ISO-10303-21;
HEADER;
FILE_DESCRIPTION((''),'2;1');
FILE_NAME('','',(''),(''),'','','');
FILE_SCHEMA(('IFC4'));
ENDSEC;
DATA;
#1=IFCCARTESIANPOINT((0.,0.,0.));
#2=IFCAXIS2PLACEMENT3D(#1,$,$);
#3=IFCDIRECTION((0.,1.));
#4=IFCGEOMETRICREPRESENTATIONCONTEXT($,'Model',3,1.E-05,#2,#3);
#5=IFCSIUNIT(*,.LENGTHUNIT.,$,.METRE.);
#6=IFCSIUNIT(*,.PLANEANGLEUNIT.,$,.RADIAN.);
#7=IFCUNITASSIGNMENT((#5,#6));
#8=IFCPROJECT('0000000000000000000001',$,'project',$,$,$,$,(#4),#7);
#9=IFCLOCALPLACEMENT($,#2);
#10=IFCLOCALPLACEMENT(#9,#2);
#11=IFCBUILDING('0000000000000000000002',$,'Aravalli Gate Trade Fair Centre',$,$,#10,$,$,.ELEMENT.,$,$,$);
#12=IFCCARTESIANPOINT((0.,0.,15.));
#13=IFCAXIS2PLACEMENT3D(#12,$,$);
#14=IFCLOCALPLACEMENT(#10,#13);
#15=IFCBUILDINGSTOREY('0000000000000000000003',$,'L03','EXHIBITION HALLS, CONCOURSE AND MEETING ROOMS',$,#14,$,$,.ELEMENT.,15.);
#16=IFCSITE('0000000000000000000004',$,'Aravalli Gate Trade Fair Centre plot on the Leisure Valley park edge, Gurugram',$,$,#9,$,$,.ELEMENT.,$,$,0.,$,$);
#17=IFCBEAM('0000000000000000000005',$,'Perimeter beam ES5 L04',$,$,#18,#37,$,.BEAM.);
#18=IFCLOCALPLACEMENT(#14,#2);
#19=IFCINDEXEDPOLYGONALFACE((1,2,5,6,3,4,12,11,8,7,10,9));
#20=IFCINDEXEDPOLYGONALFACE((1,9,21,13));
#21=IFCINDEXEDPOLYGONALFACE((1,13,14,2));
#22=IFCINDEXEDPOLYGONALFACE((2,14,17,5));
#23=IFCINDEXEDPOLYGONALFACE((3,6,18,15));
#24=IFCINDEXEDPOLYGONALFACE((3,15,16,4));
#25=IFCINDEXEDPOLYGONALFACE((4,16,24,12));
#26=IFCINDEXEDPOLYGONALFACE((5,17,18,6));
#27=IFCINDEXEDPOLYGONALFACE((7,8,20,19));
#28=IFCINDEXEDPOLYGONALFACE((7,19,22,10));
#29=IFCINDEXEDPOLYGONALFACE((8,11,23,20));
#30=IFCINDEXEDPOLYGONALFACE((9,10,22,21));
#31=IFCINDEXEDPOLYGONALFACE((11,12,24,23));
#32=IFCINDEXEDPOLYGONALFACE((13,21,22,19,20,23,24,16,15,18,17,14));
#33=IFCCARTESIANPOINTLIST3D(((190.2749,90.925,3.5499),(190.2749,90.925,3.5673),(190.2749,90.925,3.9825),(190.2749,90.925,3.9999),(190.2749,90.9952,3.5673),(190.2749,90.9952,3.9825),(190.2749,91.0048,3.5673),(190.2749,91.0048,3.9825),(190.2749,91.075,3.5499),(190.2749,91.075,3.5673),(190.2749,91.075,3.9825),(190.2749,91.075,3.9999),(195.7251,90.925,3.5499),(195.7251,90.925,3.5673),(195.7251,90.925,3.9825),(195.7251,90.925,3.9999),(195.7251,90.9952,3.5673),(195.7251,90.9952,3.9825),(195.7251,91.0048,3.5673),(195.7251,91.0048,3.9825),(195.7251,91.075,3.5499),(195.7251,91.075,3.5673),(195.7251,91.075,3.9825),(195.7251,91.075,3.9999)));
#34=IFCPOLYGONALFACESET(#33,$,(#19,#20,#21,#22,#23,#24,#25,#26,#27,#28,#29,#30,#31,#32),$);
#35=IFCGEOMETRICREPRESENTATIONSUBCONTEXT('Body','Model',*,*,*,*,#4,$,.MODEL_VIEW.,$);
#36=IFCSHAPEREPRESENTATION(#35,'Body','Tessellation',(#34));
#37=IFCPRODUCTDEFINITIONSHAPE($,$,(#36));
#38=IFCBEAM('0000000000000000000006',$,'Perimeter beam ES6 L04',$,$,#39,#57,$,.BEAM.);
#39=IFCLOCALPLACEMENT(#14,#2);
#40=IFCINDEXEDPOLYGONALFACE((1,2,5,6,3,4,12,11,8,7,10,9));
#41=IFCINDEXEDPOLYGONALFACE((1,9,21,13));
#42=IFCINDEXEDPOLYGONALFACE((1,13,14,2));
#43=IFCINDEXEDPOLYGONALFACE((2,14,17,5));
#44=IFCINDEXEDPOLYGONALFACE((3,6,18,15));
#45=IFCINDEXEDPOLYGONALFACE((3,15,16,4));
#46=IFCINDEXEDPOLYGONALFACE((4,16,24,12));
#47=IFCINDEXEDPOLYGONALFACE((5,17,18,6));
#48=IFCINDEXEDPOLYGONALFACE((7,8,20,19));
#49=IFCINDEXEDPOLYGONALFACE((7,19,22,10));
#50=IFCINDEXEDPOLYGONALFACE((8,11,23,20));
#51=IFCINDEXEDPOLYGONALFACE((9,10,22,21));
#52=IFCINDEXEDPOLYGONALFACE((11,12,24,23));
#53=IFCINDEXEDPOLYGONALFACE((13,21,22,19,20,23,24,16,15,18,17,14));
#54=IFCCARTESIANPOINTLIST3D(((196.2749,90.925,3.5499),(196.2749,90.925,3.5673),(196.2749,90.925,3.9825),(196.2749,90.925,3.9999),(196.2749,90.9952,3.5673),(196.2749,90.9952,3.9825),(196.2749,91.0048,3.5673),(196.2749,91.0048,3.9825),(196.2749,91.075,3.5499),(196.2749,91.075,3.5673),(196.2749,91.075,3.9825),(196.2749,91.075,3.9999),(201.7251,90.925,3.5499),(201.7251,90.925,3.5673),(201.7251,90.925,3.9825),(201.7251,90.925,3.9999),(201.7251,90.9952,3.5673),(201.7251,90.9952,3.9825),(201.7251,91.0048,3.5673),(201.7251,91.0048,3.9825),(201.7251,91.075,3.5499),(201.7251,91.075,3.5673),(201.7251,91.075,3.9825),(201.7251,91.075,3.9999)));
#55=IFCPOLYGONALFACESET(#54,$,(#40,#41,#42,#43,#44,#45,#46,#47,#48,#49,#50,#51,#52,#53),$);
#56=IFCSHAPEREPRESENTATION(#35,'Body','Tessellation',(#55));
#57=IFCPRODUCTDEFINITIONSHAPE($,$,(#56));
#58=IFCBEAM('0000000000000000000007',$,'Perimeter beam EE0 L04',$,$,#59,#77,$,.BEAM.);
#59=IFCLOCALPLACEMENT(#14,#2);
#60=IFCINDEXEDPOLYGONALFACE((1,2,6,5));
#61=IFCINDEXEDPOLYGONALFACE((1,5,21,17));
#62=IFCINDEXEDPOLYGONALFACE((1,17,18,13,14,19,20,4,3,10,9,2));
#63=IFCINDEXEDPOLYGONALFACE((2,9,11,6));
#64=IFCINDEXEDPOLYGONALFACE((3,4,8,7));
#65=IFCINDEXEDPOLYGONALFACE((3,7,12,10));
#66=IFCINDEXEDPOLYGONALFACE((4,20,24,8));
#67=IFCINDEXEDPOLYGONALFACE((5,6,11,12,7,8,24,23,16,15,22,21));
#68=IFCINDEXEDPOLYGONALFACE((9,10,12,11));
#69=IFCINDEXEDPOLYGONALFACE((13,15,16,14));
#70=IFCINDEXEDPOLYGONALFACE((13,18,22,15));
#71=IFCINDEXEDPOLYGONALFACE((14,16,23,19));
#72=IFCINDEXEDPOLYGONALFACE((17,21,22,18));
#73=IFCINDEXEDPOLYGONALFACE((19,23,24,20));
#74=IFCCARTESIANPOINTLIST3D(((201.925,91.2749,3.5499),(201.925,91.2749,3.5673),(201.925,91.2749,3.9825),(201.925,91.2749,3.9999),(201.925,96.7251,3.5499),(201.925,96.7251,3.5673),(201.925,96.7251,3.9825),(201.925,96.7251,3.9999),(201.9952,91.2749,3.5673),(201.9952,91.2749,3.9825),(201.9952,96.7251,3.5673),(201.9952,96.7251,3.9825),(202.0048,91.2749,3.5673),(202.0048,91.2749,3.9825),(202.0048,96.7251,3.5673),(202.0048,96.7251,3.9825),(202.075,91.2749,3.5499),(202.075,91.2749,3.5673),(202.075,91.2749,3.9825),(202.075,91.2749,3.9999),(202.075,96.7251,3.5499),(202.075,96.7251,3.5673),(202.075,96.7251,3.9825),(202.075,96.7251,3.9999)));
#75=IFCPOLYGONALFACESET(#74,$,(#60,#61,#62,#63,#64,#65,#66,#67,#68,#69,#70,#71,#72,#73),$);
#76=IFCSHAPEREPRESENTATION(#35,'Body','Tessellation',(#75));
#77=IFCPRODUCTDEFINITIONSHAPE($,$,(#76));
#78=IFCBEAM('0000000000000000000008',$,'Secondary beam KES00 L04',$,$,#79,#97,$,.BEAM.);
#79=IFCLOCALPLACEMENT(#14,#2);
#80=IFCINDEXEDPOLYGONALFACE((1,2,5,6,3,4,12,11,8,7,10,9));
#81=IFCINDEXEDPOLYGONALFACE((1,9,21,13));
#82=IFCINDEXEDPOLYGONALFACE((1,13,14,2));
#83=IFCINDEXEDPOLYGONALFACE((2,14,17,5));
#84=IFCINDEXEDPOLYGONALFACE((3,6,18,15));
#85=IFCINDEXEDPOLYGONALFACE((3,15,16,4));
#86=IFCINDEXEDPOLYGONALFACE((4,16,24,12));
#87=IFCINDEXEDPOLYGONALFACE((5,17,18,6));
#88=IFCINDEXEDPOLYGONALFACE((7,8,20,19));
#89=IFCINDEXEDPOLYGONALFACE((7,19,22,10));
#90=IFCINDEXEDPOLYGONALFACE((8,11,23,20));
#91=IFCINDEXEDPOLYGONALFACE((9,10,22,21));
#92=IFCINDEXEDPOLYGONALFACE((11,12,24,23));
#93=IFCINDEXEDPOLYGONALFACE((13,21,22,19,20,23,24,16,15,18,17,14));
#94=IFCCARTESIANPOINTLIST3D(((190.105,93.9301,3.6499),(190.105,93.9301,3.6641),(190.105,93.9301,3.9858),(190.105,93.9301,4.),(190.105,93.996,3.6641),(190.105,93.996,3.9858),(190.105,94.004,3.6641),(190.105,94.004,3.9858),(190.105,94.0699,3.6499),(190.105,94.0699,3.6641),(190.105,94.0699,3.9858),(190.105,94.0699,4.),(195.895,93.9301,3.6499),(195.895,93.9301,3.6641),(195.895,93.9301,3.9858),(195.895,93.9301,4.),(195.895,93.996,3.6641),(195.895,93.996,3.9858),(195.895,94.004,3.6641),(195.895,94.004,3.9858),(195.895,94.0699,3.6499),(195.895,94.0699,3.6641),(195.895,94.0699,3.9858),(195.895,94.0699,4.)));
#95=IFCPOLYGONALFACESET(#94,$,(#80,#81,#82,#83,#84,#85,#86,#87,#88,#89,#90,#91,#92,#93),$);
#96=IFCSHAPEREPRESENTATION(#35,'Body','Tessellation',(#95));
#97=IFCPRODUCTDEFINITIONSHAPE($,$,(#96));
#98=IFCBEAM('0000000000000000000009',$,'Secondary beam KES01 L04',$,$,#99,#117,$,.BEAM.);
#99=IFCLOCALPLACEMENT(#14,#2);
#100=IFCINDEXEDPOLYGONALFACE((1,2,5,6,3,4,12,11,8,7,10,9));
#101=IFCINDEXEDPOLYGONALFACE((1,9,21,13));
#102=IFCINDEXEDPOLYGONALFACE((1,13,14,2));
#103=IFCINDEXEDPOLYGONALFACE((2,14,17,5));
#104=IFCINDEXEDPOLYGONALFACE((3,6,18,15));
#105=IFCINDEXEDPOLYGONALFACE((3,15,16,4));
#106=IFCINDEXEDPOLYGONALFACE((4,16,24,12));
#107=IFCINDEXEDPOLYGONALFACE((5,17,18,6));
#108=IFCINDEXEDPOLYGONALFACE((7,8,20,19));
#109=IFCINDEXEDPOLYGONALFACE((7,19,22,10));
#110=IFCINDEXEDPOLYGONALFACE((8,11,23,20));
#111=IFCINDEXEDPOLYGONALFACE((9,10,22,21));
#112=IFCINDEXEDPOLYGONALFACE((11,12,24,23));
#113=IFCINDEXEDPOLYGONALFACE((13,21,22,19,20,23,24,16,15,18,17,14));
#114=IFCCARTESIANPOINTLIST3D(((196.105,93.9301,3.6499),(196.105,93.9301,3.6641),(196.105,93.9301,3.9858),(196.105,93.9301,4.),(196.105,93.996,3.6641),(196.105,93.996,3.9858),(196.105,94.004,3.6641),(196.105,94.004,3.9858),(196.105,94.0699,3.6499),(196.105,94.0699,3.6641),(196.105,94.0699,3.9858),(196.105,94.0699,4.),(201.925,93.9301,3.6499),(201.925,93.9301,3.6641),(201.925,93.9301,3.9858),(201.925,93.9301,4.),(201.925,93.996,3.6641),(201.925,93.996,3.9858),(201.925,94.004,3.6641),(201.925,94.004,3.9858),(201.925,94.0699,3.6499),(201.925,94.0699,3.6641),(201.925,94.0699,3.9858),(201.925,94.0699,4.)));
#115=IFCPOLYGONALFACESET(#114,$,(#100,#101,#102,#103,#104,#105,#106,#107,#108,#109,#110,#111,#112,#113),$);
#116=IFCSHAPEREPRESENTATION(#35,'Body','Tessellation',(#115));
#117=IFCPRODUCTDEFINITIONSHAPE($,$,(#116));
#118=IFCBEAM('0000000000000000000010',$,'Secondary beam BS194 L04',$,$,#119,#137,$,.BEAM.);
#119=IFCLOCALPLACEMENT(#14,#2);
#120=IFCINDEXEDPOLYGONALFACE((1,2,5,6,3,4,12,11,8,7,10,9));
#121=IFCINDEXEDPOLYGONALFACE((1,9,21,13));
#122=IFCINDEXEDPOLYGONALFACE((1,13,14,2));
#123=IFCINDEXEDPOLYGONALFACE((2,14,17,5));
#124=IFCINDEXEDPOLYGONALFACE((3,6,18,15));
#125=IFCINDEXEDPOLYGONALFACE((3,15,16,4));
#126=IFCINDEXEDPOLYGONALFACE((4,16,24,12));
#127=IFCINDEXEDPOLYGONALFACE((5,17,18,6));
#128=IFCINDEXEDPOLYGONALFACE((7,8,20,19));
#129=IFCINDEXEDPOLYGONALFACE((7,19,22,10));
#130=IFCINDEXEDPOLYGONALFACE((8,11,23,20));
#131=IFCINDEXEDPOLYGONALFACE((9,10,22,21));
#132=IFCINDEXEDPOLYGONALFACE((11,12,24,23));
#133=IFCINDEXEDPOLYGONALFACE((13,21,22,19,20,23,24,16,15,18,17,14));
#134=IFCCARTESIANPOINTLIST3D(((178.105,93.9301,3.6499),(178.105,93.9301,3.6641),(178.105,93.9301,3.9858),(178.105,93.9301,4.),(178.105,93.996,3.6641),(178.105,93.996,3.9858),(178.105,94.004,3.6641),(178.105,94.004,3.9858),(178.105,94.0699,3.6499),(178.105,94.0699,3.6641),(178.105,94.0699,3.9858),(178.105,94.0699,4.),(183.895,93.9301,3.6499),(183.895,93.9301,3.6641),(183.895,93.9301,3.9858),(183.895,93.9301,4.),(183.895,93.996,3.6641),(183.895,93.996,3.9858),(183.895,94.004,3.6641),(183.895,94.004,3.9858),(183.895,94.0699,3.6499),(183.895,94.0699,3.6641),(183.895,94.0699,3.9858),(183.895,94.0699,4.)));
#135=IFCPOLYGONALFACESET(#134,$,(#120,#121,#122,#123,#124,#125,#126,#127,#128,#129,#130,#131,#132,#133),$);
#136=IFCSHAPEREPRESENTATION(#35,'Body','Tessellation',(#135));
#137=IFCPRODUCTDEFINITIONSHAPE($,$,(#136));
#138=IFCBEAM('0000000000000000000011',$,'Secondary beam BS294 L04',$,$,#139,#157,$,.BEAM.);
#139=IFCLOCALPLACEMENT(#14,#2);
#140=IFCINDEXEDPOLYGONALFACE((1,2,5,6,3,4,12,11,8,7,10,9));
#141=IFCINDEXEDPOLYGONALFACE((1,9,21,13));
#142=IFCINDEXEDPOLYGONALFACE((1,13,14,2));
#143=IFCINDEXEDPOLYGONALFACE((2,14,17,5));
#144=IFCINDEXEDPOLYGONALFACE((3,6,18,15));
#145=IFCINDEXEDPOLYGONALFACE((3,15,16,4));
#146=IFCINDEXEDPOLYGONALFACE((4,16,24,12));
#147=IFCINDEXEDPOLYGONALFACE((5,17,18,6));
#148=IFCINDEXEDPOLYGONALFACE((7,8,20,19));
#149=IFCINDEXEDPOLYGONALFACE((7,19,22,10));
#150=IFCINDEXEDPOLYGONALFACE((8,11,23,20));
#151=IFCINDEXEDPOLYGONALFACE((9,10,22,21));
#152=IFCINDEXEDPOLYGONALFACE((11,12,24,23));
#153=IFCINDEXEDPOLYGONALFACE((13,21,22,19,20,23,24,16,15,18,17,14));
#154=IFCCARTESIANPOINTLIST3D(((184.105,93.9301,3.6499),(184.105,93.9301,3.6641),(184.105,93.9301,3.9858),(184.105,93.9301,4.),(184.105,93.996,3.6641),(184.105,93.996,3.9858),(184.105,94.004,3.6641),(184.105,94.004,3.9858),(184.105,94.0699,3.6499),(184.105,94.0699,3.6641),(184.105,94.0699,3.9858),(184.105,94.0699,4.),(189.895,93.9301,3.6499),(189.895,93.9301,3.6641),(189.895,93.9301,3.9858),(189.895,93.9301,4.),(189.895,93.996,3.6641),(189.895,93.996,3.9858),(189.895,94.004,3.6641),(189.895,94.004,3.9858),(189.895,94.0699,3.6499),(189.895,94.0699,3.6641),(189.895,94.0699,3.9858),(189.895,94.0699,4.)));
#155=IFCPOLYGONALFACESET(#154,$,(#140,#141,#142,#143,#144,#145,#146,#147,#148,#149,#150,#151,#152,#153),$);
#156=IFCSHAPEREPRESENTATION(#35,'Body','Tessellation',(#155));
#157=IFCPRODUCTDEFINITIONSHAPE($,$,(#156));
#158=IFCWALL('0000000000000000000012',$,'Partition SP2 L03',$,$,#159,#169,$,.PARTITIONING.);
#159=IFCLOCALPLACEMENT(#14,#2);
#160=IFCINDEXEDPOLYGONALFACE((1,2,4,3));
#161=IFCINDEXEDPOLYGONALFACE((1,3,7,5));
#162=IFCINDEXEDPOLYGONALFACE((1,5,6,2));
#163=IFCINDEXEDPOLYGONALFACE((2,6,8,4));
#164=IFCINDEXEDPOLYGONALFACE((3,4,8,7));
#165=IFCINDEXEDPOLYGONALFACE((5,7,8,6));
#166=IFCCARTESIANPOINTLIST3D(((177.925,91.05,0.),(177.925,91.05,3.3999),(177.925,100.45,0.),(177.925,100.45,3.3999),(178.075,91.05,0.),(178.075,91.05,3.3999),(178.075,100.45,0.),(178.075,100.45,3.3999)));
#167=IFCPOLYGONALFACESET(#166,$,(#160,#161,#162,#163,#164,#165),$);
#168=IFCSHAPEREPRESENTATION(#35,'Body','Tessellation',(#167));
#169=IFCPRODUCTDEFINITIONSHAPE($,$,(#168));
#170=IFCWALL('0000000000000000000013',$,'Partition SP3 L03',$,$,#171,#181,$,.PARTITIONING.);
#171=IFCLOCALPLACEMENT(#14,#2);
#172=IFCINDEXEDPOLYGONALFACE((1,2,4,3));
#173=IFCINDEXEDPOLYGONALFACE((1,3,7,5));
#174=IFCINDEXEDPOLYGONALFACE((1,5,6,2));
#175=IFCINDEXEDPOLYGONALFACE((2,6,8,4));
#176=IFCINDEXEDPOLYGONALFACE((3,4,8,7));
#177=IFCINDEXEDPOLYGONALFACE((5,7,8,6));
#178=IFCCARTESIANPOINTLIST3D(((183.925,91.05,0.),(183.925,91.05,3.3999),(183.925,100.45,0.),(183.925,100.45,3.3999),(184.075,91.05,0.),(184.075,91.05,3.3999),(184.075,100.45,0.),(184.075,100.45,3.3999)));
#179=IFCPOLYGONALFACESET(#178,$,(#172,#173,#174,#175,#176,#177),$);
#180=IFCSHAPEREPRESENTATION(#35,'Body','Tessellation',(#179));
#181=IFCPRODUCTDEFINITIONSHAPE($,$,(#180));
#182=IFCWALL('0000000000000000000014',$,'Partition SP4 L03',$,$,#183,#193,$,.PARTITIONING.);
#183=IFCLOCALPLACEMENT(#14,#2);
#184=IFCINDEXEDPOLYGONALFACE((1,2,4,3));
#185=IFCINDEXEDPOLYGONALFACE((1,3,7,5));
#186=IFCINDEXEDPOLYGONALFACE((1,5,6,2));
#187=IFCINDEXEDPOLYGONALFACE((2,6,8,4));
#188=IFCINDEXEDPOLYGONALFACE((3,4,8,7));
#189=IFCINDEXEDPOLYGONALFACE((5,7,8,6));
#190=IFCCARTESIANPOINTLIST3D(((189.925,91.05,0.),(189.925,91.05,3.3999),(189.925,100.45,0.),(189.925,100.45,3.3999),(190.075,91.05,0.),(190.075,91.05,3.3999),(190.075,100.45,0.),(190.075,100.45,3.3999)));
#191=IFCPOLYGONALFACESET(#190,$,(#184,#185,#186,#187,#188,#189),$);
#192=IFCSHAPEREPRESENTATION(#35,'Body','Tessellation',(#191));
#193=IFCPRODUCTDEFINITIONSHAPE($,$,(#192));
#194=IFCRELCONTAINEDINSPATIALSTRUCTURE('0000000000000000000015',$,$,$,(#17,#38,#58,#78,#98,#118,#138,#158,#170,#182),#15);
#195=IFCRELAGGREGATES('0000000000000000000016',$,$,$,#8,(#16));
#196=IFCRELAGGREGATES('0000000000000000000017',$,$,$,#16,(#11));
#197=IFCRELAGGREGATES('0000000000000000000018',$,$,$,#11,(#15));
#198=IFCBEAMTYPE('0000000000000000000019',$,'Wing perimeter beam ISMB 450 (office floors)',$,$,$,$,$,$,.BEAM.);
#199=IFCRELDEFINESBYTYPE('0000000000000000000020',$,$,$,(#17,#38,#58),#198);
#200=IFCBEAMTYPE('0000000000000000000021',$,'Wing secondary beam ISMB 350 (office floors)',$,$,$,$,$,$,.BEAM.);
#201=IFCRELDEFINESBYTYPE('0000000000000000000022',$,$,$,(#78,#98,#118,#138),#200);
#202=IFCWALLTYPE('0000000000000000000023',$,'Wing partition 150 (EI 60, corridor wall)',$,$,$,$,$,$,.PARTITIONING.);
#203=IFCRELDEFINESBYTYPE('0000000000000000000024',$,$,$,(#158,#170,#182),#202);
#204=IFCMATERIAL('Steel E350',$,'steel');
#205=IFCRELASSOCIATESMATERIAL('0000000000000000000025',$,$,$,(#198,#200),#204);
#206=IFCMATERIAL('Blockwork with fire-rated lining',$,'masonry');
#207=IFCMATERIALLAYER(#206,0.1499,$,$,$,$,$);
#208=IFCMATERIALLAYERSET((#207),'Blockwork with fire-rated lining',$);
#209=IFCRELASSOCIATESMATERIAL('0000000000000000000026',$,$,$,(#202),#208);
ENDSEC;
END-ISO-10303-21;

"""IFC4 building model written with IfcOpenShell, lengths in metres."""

from ifc_helpers import new_model, si_unit, direction, frame, frame_2d, origin, origin_2d, place, context, subcontext, project, spatial, rectangle, i_section, extrude, material, layer, layer_set, material_profile, profile_set, type_object, element, save


model = new_model("IFC4")

# Units and contexts
model_context = context("Model", 3, precision=1e-05, world=origin(), true_north=direction((0.0, 1.0)))
body_context = subcontext(model_context, "Body", "Model", "MODEL_VIEW")
ifc_project = project(units=[si_unit("LENGTHUNIT", "METRE"), si_unit("PLANEANGLEUNIT", "RADIAN")], contexts=[model_context])

# Site, building, storey
site_placement = place(None, origin())
site = spatial("IfcSite", under=ifc_project, at=site_placement, Name="Aravalli Gate Trade Fair Centre plot on the Leisure Valley park edge, Gurugram", CompositionType="ELEMENT", RefElevation=0.0)
building_placement = place(site_placement, origin())
building = spatial("IfcBuilding", under=site, at=building_placement, Name="Aravalli Gate Trade Fair Centre", CompositionType="ELEMENT")
storey_placement = place(building_placement, frame((0.0, 0.0, 15.0)))
storey = spatial("IfcBuildingStorey", under=building, at=storey_placement, Name="L03", Description="EXHIBITION HALLS, CONCOURSE AND MEETING ROOMS", CompositionType="ELEMENT", Elevation=15.0)

# Shared definitions
ifc_material_1 = material(Name="Steel E350", Category="steel")

# Beams
ifc_material_profile_1 = material_profile(ifc_material_1, i_section(OverallWidth=0.1499, OverallDepth=0.45, WebThickness=0.0095, FlangeThickness=0.0173, at=origin_2d()), Name="ISMB 450")
ifc_profile_set_1 = profile_set([ifc_material_profile_1], Name="Steel E350")
beam_type_1 = type_object("IfcBeamType", Name="Wing perimeter beam ISMB 450 (office floors)", PredefinedType="BEAM", material=ifc_profile_set_1)
for number, where, z_axis, x_axis, name in (
    (1, (190.2749, 91.0, 3.7749), (1.0, 0.0, 0.0), (0.0, 1.0, 0.0), "Perimeter beam ES5 L04"),
    (2, (196.2749, 91.0, 3.7749), (1.0, 0.0, 0.0), (0.0, 1.0, 0.0), "Perimeter beam ES6 L04"),
    (3, (202.0, 91.2749, 3.7749), (0.0, 1.0, 0.0), (-1.0, 0.0, 0.0), "Perimeter beam EE0 L04"),
):
    element("IfcBeam", number, at=place(storey_placement, frame(where, z_axis=z_axis, x_axis=x_axis)), inside=storey, type_object=beam_type_1, Name=name, PredefinedType="BEAM", context=body_context, shape_type="SweptSolid", body=[
        extrude(i_section(OverallWidth=0.1499, OverallDepth=0.45, WebThickness=0.0095, FlangeThickness=0.0173, at=origin_2d()), origin(), (0.0, 0.0, 1.0), 5.4502),
    ])
ifc_material_profile_2 = material_profile(ifc_material_1, i_section(OverallWidth=0.1399, OverallDepth=0.3501, WebThickness=0.0081, FlangeThickness=0.0142, at=origin_2d()), Name="ISMB 350")
ifc_profile_set_2 = profile_set([ifc_material_profile_2], Name="Steel E350")
beam_type_2 = type_object("IfcBeamType", Name="Wing secondary beam ISMB 350 (office floors)", PredefinedType="BEAM", material=ifc_profile_set_2)
beam_1_placement = place(storey_placement, frame((190.105, 94.0, 3.825), z_axis=(1.0, 0.0, 0.0), x_axis=(0.0, 1.0, 0.0)))
element("IfcBeam", 4, at=beam_1_placement, inside=storey, type_object=beam_type_2, Name="Secondary beam KES00 L04", PredefinedType="BEAM", context=body_context, shape_type="SweptSolid", body=[
    extrude(i_section(OverallWidth=0.1399, OverallDepth=0.3501, WebThickness=0.0081, FlangeThickness=0.0142, at=origin_2d()), origin(), (0.0, 0.0, 1.0), 5.79),
])
beam_2_placement = place(storey_placement, frame((196.105, 94.0, 3.825), z_axis=(1.0, 0.0, 0.0), x_axis=(0.0, 1.0, 0.0)))
element("IfcBeam", 5, at=beam_2_placement, inside=storey, type_object=beam_type_2, Name="Secondary beam KES01 L04", PredefinedType="BEAM", context=body_context, shape_type="SweptSolid", body=[
    extrude(i_section(OverallWidth=0.1399, OverallDepth=0.3501, WebThickness=0.0081, FlangeThickness=0.0142, at=origin_2d()), origin(), (0.0, 0.0, 1.0), 5.8201),
])
for number, where, z_axis, x_axis, name in (
    (6, (178.105, 94.0, 3.825), (1.0, 0.0, 0.0), (0.0, 1.0, 0.0), "Secondary beam BS194 L04"),
    (7, (184.105, 94.0, 3.825), (1.0, 0.0, 0.0), (0.0, 1.0, 0.0), "Secondary beam BS294 L04"),
):
    element("IfcBeam", number, at=place(storey_placement, frame(where, z_axis=z_axis, x_axis=x_axis)), inside=storey, type_object=beam_type_2, Name=name, PredefinedType="BEAM", context=body_context, shape_type="SweptSolid", body=[
        extrude(i_section(OverallWidth=0.1399, OverallDepth=0.3501, WebThickness=0.0081, FlangeThickness=0.0142, at=origin_2d()), origin(), (0.0, 0.0, 1.0), 5.79),
    ])

# Walls
ifc_material_2 = material(Name="Blockwork with fire-rated lining", Category="masonry")
ifc_layer_1 = layer(ifc_material_2, 0.1499)
ifc_layer_set_1 = layer_set([ifc_layer_1], Name="Blockwork with fire-rated lining")
wall_type_1 = type_object("IfcWallType", Name="Wing partition 150 (EI 60, corridor wall)", PredefinedType="PARTITIONING", material=ifc_layer_set_1)
for number, where, z_axis, x_axis, name in (
    (8, (178.0, 91.05, 0.0), (0.0, 0.0, 1.0), (0.0, 1.0, 0.0), "Partition SP2 L03"),
    (9, (184.0, 91.05, 0.0), (0.0, 0.0, 1.0), (0.0, 1.0, 0.0), "Partition SP3 L03"),
    (10, (190.0, 91.05, 0.0), (0.0, 0.0, 1.0), (0.0, 1.0, 0.0), "Partition SP4 L03"),
):
    element("IfcWall", number, at=place(storey_placement, frame(where, z_axis=z_axis, x_axis=x_axis)), inside=storey, type_object=wall_type_1, Name=name, PredefinedType="PARTITIONING", context=body_context, shape_type="SweptSolid", body=[
        extrude(rectangle(XDim=9.3999, YDim=0.1499, at=frame_2d((4.7, 0.0))), origin(), (0.0, 0.0, 1.0), 3.3999),
    ])

save(model, "model.ifc")
